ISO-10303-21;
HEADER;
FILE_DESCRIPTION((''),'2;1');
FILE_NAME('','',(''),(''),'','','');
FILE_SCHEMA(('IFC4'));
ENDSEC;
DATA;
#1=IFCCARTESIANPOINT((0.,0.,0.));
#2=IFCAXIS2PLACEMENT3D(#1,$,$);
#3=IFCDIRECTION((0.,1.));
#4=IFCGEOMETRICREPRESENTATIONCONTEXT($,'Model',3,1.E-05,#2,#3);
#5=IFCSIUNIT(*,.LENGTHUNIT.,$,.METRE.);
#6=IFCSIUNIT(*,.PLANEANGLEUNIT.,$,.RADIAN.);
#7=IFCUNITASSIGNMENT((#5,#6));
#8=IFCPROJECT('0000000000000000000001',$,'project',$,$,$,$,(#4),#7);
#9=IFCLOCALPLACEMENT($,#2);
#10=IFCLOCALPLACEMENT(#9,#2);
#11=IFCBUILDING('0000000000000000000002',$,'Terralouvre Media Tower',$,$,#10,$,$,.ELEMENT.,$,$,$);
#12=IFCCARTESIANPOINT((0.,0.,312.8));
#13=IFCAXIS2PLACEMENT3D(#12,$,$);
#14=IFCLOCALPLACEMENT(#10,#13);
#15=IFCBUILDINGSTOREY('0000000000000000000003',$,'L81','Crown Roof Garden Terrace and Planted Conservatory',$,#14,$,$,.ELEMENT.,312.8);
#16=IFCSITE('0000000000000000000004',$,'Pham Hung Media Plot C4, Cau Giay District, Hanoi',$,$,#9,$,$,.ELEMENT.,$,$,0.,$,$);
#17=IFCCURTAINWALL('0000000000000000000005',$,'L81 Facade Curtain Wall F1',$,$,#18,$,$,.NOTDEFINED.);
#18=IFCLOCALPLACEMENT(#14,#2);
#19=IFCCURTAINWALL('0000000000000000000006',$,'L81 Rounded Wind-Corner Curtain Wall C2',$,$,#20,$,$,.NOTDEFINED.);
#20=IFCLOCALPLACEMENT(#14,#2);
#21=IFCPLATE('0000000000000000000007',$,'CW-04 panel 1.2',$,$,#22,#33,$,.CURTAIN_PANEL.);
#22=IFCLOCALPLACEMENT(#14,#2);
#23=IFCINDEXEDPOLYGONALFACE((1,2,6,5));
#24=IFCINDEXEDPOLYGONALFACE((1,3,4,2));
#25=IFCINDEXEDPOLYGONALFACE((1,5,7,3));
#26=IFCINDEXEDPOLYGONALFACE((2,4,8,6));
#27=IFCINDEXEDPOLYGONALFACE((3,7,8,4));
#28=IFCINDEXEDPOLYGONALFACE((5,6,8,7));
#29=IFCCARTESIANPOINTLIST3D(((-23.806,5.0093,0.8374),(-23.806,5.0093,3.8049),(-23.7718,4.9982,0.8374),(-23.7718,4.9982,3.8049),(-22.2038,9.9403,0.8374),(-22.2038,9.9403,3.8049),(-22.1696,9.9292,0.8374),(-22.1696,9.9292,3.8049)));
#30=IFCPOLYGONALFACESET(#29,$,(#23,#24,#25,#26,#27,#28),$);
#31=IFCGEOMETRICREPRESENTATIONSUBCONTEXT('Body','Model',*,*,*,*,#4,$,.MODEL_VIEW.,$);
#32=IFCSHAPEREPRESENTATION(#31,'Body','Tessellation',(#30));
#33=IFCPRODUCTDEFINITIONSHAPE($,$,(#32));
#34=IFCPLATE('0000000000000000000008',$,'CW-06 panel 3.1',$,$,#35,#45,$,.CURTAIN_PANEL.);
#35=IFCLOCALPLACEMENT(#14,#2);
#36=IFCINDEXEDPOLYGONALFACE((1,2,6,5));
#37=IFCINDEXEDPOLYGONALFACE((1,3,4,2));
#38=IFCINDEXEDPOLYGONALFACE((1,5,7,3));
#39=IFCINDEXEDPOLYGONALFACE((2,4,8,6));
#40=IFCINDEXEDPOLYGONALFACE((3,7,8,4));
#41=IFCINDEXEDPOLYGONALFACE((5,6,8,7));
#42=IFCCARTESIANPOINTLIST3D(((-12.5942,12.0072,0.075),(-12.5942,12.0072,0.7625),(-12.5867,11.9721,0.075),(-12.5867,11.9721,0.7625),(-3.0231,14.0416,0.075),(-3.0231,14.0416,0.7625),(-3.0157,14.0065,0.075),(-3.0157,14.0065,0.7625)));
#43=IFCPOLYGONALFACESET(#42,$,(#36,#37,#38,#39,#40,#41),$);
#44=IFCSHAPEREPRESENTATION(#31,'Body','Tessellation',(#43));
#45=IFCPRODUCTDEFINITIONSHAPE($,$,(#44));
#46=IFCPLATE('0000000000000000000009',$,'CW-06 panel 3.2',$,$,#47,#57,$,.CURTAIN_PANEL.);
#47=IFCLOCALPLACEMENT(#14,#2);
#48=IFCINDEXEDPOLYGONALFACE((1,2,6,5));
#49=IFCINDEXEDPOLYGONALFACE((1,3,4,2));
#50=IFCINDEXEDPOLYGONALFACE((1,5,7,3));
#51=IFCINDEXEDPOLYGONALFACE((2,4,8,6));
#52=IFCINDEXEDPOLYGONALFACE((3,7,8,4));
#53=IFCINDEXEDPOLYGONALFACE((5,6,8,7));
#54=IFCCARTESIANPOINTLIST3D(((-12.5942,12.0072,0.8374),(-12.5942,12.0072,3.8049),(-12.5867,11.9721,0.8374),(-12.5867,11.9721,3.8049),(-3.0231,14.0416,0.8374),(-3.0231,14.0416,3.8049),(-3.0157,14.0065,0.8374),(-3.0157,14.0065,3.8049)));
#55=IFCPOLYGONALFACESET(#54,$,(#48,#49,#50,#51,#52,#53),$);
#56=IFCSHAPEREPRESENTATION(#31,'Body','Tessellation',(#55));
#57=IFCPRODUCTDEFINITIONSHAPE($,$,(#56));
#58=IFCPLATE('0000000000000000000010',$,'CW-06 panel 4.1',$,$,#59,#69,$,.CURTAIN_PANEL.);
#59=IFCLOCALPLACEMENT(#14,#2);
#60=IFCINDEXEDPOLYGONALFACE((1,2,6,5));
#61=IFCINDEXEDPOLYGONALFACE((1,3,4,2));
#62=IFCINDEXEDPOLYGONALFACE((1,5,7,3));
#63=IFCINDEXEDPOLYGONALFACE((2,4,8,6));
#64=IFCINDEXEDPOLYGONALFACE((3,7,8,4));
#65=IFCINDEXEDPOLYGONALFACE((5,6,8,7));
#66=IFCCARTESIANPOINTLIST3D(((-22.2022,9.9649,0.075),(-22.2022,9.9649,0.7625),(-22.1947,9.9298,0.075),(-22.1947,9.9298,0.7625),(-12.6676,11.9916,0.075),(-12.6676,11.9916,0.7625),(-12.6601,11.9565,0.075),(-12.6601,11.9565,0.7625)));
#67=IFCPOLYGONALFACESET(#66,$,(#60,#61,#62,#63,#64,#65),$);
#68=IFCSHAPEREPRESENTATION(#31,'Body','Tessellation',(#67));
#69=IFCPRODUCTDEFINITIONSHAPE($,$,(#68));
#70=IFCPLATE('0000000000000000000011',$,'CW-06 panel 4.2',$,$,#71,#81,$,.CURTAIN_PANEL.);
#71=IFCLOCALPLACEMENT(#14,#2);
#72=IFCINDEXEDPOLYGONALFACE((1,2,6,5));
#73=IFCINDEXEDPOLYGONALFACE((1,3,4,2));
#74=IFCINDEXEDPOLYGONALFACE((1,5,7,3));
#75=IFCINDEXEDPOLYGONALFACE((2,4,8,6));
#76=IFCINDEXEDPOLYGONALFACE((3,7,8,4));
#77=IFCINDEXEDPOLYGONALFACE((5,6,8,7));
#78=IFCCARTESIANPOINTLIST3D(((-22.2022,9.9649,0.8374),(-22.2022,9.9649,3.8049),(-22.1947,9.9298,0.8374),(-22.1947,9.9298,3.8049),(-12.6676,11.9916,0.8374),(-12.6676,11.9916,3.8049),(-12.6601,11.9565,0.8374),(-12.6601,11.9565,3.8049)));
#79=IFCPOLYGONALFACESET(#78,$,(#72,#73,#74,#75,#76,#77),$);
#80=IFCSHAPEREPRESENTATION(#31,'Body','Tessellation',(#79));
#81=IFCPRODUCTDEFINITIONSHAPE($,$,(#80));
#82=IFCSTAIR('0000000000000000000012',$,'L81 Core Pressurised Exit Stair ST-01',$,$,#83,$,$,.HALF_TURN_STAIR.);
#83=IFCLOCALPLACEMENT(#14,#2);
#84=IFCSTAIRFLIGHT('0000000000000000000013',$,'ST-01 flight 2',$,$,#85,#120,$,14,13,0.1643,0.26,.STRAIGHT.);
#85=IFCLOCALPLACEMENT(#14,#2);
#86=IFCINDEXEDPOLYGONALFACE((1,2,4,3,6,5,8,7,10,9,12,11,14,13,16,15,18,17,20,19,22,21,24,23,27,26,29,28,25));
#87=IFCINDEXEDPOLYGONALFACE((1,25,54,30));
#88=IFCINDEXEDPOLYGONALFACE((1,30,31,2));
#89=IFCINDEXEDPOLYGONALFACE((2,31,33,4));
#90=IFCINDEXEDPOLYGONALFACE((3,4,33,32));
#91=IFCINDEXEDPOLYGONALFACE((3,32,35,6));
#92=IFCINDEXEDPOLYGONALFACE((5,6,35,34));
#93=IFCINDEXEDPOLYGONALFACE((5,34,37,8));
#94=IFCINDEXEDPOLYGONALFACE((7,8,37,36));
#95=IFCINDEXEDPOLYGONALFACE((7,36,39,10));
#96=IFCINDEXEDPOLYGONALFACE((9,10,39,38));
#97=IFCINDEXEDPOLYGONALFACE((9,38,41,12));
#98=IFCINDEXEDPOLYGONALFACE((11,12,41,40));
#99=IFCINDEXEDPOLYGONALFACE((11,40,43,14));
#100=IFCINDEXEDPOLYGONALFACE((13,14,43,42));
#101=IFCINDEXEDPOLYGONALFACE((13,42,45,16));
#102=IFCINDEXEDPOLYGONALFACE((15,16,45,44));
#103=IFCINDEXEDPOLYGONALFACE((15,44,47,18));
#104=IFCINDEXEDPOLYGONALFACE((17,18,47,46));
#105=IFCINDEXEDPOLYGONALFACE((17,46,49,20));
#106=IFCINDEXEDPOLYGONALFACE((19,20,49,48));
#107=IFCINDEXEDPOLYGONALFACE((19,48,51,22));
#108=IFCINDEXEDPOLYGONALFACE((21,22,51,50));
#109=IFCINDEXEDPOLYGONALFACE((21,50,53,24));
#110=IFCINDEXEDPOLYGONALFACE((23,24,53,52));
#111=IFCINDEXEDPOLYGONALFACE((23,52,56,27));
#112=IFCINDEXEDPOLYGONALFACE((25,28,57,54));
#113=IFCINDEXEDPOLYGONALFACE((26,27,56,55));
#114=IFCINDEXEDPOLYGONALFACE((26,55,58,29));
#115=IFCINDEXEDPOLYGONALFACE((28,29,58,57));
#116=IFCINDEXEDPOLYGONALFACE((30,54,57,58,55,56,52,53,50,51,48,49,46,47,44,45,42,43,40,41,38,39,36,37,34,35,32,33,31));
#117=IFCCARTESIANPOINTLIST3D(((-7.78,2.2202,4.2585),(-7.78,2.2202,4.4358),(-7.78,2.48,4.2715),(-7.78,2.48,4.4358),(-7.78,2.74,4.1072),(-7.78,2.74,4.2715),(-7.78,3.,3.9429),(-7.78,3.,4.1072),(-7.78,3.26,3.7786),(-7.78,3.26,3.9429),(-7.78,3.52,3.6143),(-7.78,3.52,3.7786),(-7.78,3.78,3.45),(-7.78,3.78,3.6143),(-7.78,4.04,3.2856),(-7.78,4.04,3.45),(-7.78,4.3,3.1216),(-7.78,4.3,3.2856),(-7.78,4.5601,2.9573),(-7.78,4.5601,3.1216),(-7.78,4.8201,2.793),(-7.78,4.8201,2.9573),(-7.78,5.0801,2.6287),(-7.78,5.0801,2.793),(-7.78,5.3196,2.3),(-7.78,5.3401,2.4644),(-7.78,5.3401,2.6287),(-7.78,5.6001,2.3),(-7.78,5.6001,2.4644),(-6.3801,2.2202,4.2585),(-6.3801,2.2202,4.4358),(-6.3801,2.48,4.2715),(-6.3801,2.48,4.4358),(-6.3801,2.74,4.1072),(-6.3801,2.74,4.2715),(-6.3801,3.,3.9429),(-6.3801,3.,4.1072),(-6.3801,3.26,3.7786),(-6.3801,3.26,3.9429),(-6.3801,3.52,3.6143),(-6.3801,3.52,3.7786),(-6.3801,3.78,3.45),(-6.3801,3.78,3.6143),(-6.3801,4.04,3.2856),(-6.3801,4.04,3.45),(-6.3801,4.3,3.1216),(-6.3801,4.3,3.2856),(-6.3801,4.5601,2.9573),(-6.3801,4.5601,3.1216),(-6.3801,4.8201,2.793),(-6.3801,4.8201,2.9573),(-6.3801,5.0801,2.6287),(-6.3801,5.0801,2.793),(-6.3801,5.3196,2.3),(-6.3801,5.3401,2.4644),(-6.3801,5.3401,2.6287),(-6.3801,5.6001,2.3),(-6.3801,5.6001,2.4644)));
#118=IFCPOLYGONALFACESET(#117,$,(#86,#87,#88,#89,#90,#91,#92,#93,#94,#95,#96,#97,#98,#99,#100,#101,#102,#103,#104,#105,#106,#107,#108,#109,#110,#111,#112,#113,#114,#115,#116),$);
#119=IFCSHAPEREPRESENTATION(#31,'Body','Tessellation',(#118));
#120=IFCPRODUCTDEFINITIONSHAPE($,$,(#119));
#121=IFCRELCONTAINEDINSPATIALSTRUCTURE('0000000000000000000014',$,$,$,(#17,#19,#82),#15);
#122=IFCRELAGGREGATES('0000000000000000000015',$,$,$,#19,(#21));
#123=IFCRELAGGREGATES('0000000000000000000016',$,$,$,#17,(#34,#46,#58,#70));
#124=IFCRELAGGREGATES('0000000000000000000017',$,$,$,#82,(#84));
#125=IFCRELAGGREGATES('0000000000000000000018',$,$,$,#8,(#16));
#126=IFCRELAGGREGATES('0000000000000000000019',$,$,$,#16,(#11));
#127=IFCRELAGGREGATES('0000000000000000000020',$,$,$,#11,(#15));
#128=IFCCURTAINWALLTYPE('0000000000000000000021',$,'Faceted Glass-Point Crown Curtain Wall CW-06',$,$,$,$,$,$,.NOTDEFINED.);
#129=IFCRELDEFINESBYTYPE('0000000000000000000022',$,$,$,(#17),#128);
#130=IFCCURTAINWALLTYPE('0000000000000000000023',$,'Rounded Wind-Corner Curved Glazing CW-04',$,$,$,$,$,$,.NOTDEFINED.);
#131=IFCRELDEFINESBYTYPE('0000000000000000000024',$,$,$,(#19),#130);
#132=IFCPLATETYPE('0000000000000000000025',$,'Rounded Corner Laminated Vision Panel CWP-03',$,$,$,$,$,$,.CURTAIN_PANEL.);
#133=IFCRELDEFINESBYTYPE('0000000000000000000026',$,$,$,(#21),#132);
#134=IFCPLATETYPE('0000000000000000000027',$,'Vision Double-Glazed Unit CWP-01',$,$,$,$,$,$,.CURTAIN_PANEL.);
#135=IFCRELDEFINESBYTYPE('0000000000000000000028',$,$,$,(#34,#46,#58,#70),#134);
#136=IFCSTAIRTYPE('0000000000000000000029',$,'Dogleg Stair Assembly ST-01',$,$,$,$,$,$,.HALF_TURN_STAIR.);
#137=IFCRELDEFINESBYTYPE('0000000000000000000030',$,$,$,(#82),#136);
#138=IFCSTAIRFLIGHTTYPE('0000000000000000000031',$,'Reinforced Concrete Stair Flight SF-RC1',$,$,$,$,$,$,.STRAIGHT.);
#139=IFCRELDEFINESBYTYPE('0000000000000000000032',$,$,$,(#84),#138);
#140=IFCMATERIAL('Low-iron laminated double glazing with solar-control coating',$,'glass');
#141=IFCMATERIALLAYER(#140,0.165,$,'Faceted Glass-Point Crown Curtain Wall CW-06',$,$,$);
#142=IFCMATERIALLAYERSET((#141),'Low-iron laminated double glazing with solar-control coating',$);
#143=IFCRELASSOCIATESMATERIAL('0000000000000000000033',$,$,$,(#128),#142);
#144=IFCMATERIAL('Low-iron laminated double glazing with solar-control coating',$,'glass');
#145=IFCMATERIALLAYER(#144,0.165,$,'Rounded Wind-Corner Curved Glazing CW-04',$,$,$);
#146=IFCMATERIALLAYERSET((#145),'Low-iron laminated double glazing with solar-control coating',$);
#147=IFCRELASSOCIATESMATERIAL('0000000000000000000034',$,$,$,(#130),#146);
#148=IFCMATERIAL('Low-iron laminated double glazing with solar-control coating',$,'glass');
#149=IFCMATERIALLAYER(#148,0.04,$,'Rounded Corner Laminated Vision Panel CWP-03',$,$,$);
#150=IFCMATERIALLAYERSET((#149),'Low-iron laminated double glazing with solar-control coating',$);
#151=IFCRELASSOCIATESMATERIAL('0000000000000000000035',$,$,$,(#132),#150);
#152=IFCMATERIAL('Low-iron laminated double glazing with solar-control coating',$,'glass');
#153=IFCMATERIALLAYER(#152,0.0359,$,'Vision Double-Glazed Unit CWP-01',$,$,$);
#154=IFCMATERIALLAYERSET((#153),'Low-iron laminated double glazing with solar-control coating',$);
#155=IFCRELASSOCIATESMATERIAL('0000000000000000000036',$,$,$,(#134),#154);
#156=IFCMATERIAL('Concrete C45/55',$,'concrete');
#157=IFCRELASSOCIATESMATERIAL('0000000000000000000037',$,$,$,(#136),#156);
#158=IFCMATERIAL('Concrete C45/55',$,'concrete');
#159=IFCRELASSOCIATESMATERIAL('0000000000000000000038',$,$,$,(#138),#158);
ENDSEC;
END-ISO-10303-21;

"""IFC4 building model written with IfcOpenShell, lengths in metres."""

from ifc_helpers import new_model, si_unit, direction, frame, origin, origin_2d, place, context, subcontext, project, spatial, polyline, rectangle, outline, extrude, material, layer, layer_set, type_object, element, aggregate, save


model = new_model("IFC4")

# Units and contexts
model_context = context("Model", 3, precision=1e-05, world=origin(), true_north=direction((0.0, 1.0)))
body_context = subcontext(model_context, "Body", "Model", "MODEL_VIEW")
ifc_project = project(units=[si_unit("LENGTHUNIT", "METRE"), si_unit("PLANEANGLEUNIT", "RADIAN")], contexts=[model_context])

# Site, building, storey
site_placement = place(None, origin())
site = spatial("IfcSite", under=ifc_project, at=site_placement, Name="Pham Hung Media Plot C4, Cau Giay District, Hanoi", CompositionType="ELEMENT", RefElevation=0.0)
building_placement = place(site_placement, origin())
building = spatial("IfcBuilding", under=site, at=building_placement, Name="Terralouvre Media Tower", CompositionType="ELEMENT")
storey_placement = place(building_placement, frame((0.0, 0.0, 312.8)))
storey = spatial("IfcBuildingStorey", under=building, at=storey_placement, Name="L81", Description="Crown Roof Garden Terrace and Planted Conservatory", CompositionType="ELEMENT", Elevation=312.8)

# Curtain walls
ifc_material_1 = material(Name="Low-iron laminated double glazing with solar-control coating", Category="glass")
ifc_layer_1 = layer(ifc_material_1, 0.165, Name="Faceted Glass-Point Crown Curtain Wall CW-06")
ifc_layer_set_1 = layer_set([ifc_layer_1], Name="Low-iron laminated double glazing with solar-control coating")
curtain_wall_type_1 = type_object("IfcCurtainWallType", Name="Faceted Glass-Point Crown Curtain Wall CW-06", PredefinedType="NOTDEFINED", material=ifc_layer_set_1)
curtain_wall_1_placement = place(storey_placement, origin())
curtain_wall_1 = element("IfcCurtainWall", 1, at=curtain_wall_1_placement, inside=storey, type_object=curtain_wall_type_1, Name="L81 Facade Curtain Wall F1", PredefinedType="NOTDEFINED")
ifc_material_2 = material(Name="Low-iron laminated double glazing with solar-control coating", Category="glass")
ifc_layer_2 = layer(ifc_material_2, 0.165, Name="Rounded Wind-Corner Curved Glazing CW-04")
ifc_layer_set_2 = layer_set([ifc_layer_2], Name="Low-iron laminated double glazing with solar-control coating")
curtain_wall_type_2 = type_object("IfcCurtainWallType", Name="Rounded Wind-Corner Curved Glazing CW-04", PredefinedType="NOTDEFINED", material=ifc_layer_set_2)
curtain_wall_2_placement = place(storey_placement, origin())
curtain_wall_2 = element("IfcCurtainWall", 2, at=curtain_wall_2_placement, inside=storey, type_object=curtain_wall_type_2, Name="L81 Rounded Wind-Corner Curtain Wall C2", PredefinedType="NOTDEFINED")

# Plates
ifc_material_3 = material(Name="Low-iron laminated double glazing with solar-control coating", Category="glass")
ifc_layer_3 = layer(ifc_material_3, 0.04, Name="Rounded Corner Laminated Vision Panel CWP-03")
ifc_layer_set_3 = layer_set([ifc_layer_3], Name="Low-iron laminated double glazing with solar-control coating")
plate_type_1 = type_object("IfcPlateType", Name="Rounded Corner Laminated Vision Panel CWP-03", PredefinedType="CURTAIN_PANEL", material=ifc_layer_set_3)
plate_1_placement = place(storey_placement, frame((-22.9878, 7.4692, 0.8374), z_axis=(0.0, 0.0, 1.0), x_axis=(-0.309018, -0.951056, 0.0)))
plate_1 = element("IfcPlate", 3, at=plate_1_placement, type_object=plate_type_1, Name="CW-04 panel 1.2", PredefinedType="CURTAIN_PANEL", context=body_context, shape_type="SweptSolid", body=[
    extrude(rectangle(XDim=5.1848, YDim=0.0359, at=origin_2d()), origin(), (0.0, 0.0, 1.0), 2.9675),
])
aggregate(curtain_wall_2, [plate_1])
ifc_material_4 = material(Name="Low-iron laminated double glazing with solar-control coating", Category="glass")
ifc_layer_4 = layer(ifc_material_4, 0.0359, Name="Vision Double-Glazed Unit CWP-01")
ifc_layer_set_4 = layer_set([ifc_layer_4], Name="Low-iron laminated double glazing with solar-control coating")
plate_type_2 = type_object("IfcPlateType", Name="Vision Double-Glazed Unit CWP-01", PredefinedType="CURTAIN_PANEL", material=ifc_layer_set_4)
plate_2_placement = place(storey_placement, frame((-7.8049, 13.0068, 0.075), z_axis=(0.0, 0.0, 1.0), x_axis=(-0.978148, -0.207912, 0.0)))
plate_2 = element("IfcPlate", 4, at=plate_2_placement, type_object=plate_type_2, Name="CW-06 panel 3.1", PredefinedType="CURTAIN_PANEL", context=body_context, shape_type="SweptSolid", body=[
    extrude(rectangle(XDim=9.7849, YDim=0.0359, at=origin_2d()), origin(), (0.0, 0.0, 1.0), 0.6875),
])
plate_3_placement = place(storey_placement, frame((-7.8049, 13.0068, 0.8374), z_axis=(0.0, 0.0, 1.0), x_axis=(-0.978148, -0.207912, 0.0)))
plate_3 = element("IfcPlate", 5, at=plate_3_placement, type_object=plate_type_2, Name="CW-06 panel 3.2", PredefinedType="CURTAIN_PANEL", context=body_context, shape_type="SweptSolid", body=[
    extrude(rectangle(XDim=9.7849, YDim=0.0359, at=origin_2d()), origin(), (0.0, 0.0, 1.0), 2.9675),
])
plate_4_placement = place(storey_placement, frame((-17.4312, 10.9607, 0.075), z_axis=(0.0, 0.0, 1.0), x_axis=(-0.978148, -0.207912, 0.0)))
plate_4 = element("IfcPlate", 6, at=plate_4_placement, type_object=plate_type_2, Name="CW-06 panel 4.1", PredefinedType="CURTAIN_PANEL", context=body_context, shape_type="SweptSolid", body=[
    extrude(rectangle(XDim=9.7476, YDim=0.0359, at=origin_2d()), origin(), (0.0, 0.0, 1.0), 0.6875),
])
plate_5_placement = place(storey_placement, frame((-17.4312, 10.9607, 0.8374), z_axis=(0.0, 0.0, 1.0), x_axis=(-0.978148, -0.207912, 0.0)))
plate_5 = element("IfcPlate", 7, at=plate_5_placement, type_object=plate_type_2, Name="CW-06 panel 4.2", PredefinedType="CURTAIN_PANEL", context=body_context, shape_type="SweptSolid", body=[
    extrude(rectangle(XDim=9.7476, YDim=0.0359, at=origin_2d()), origin(), (0.0, 0.0, 1.0), 2.9675),
])
aggregate(curtain_wall_1, [plate_2, plate_3, plate_4, plate_5])

# Stair, stair flight
ifc_material_5 = material(Name="Concrete C45/55", Category="concrete")
stair_type = type_object("IfcStairType", Name="Dogleg Stair Assembly ST-01", PredefinedType="HALF_TURN_STAIR", material=ifc_material_5)
stair_placement = place(storey_placement, origin())
stair = element("IfcStair", 8, at=stair_placement, inside=storey, type_object=stair_type, Name="L81 Core Pressurised Exit Stair ST-01", PredefinedType="HALF_TURN_STAIR")
ifc_material_6 = material(Name="Concrete C45/55", Category="concrete")
stair_flight_type = type_object("IfcStairFlightType", Name="Reinforced Concrete Stair Flight SF-RC1", PredefinedType="STRAIGHT", material=ifc_material_6)
stair_flight_placement = place(storey_placement, frame((-7.0801, 5.6001, 2.3), z_axis=(0.0, 0.0, 1.0), x_axis=(0.0, -1.0, 0.0)))
stair_flight = element("IfcStairFlight", 9, at=stair_flight_placement, type_object=stair_flight_type, Name="ST-01 flight 2", NumberOfRisers=14, NumberOfTreads=13, PredefinedType="STRAIGHT", RiserHeight=0.1643, TreadLength=0.26, context=body_context, shape_type="SweptSolid", body=[
    extrude(outline(polyline([(0.0, 0.0), (0.0, 0.1643), (0.26, 0.1643), (0.26, 0.3286), (0.52, 0.3286), (0.52, 0.4929), (0.78, 0.4929), (0.78, 0.6572), (1.04, 0.6572), (1.04, 0.8215), (1.3, 0.8215), (1.3, 0.9856), (1.5601, 0.9856), (1.5601, 1.1499), (1.8201, 1.1499), (1.8201, 1.3142), (2.0801, 1.3142), (2.0801, 1.4785), (2.3401, 1.4785), (2.3401, 1.6428), (2.6001, 1.6428), (2.6001, 1.8071), (2.8601, 1.8071), (2.8601, 1.9714), (3.1201, 1.9714), (3.1201, 2.1357), (3.3799, 2.1357), (3.3799, 2.3), (3.3799, 1.9585), (0.2805, 0.0), (0.0, 0.0)])), frame((0.0, 0.7, 0.0), z_axis=(0.0, -1.0, 0.0), x_axis=(1.0, 0.0, 0.0)), (0.0, 0.0, 1.0), 1.3999),
])
aggregate(stair, [stair_flight])

save(model, "model.ifc")
